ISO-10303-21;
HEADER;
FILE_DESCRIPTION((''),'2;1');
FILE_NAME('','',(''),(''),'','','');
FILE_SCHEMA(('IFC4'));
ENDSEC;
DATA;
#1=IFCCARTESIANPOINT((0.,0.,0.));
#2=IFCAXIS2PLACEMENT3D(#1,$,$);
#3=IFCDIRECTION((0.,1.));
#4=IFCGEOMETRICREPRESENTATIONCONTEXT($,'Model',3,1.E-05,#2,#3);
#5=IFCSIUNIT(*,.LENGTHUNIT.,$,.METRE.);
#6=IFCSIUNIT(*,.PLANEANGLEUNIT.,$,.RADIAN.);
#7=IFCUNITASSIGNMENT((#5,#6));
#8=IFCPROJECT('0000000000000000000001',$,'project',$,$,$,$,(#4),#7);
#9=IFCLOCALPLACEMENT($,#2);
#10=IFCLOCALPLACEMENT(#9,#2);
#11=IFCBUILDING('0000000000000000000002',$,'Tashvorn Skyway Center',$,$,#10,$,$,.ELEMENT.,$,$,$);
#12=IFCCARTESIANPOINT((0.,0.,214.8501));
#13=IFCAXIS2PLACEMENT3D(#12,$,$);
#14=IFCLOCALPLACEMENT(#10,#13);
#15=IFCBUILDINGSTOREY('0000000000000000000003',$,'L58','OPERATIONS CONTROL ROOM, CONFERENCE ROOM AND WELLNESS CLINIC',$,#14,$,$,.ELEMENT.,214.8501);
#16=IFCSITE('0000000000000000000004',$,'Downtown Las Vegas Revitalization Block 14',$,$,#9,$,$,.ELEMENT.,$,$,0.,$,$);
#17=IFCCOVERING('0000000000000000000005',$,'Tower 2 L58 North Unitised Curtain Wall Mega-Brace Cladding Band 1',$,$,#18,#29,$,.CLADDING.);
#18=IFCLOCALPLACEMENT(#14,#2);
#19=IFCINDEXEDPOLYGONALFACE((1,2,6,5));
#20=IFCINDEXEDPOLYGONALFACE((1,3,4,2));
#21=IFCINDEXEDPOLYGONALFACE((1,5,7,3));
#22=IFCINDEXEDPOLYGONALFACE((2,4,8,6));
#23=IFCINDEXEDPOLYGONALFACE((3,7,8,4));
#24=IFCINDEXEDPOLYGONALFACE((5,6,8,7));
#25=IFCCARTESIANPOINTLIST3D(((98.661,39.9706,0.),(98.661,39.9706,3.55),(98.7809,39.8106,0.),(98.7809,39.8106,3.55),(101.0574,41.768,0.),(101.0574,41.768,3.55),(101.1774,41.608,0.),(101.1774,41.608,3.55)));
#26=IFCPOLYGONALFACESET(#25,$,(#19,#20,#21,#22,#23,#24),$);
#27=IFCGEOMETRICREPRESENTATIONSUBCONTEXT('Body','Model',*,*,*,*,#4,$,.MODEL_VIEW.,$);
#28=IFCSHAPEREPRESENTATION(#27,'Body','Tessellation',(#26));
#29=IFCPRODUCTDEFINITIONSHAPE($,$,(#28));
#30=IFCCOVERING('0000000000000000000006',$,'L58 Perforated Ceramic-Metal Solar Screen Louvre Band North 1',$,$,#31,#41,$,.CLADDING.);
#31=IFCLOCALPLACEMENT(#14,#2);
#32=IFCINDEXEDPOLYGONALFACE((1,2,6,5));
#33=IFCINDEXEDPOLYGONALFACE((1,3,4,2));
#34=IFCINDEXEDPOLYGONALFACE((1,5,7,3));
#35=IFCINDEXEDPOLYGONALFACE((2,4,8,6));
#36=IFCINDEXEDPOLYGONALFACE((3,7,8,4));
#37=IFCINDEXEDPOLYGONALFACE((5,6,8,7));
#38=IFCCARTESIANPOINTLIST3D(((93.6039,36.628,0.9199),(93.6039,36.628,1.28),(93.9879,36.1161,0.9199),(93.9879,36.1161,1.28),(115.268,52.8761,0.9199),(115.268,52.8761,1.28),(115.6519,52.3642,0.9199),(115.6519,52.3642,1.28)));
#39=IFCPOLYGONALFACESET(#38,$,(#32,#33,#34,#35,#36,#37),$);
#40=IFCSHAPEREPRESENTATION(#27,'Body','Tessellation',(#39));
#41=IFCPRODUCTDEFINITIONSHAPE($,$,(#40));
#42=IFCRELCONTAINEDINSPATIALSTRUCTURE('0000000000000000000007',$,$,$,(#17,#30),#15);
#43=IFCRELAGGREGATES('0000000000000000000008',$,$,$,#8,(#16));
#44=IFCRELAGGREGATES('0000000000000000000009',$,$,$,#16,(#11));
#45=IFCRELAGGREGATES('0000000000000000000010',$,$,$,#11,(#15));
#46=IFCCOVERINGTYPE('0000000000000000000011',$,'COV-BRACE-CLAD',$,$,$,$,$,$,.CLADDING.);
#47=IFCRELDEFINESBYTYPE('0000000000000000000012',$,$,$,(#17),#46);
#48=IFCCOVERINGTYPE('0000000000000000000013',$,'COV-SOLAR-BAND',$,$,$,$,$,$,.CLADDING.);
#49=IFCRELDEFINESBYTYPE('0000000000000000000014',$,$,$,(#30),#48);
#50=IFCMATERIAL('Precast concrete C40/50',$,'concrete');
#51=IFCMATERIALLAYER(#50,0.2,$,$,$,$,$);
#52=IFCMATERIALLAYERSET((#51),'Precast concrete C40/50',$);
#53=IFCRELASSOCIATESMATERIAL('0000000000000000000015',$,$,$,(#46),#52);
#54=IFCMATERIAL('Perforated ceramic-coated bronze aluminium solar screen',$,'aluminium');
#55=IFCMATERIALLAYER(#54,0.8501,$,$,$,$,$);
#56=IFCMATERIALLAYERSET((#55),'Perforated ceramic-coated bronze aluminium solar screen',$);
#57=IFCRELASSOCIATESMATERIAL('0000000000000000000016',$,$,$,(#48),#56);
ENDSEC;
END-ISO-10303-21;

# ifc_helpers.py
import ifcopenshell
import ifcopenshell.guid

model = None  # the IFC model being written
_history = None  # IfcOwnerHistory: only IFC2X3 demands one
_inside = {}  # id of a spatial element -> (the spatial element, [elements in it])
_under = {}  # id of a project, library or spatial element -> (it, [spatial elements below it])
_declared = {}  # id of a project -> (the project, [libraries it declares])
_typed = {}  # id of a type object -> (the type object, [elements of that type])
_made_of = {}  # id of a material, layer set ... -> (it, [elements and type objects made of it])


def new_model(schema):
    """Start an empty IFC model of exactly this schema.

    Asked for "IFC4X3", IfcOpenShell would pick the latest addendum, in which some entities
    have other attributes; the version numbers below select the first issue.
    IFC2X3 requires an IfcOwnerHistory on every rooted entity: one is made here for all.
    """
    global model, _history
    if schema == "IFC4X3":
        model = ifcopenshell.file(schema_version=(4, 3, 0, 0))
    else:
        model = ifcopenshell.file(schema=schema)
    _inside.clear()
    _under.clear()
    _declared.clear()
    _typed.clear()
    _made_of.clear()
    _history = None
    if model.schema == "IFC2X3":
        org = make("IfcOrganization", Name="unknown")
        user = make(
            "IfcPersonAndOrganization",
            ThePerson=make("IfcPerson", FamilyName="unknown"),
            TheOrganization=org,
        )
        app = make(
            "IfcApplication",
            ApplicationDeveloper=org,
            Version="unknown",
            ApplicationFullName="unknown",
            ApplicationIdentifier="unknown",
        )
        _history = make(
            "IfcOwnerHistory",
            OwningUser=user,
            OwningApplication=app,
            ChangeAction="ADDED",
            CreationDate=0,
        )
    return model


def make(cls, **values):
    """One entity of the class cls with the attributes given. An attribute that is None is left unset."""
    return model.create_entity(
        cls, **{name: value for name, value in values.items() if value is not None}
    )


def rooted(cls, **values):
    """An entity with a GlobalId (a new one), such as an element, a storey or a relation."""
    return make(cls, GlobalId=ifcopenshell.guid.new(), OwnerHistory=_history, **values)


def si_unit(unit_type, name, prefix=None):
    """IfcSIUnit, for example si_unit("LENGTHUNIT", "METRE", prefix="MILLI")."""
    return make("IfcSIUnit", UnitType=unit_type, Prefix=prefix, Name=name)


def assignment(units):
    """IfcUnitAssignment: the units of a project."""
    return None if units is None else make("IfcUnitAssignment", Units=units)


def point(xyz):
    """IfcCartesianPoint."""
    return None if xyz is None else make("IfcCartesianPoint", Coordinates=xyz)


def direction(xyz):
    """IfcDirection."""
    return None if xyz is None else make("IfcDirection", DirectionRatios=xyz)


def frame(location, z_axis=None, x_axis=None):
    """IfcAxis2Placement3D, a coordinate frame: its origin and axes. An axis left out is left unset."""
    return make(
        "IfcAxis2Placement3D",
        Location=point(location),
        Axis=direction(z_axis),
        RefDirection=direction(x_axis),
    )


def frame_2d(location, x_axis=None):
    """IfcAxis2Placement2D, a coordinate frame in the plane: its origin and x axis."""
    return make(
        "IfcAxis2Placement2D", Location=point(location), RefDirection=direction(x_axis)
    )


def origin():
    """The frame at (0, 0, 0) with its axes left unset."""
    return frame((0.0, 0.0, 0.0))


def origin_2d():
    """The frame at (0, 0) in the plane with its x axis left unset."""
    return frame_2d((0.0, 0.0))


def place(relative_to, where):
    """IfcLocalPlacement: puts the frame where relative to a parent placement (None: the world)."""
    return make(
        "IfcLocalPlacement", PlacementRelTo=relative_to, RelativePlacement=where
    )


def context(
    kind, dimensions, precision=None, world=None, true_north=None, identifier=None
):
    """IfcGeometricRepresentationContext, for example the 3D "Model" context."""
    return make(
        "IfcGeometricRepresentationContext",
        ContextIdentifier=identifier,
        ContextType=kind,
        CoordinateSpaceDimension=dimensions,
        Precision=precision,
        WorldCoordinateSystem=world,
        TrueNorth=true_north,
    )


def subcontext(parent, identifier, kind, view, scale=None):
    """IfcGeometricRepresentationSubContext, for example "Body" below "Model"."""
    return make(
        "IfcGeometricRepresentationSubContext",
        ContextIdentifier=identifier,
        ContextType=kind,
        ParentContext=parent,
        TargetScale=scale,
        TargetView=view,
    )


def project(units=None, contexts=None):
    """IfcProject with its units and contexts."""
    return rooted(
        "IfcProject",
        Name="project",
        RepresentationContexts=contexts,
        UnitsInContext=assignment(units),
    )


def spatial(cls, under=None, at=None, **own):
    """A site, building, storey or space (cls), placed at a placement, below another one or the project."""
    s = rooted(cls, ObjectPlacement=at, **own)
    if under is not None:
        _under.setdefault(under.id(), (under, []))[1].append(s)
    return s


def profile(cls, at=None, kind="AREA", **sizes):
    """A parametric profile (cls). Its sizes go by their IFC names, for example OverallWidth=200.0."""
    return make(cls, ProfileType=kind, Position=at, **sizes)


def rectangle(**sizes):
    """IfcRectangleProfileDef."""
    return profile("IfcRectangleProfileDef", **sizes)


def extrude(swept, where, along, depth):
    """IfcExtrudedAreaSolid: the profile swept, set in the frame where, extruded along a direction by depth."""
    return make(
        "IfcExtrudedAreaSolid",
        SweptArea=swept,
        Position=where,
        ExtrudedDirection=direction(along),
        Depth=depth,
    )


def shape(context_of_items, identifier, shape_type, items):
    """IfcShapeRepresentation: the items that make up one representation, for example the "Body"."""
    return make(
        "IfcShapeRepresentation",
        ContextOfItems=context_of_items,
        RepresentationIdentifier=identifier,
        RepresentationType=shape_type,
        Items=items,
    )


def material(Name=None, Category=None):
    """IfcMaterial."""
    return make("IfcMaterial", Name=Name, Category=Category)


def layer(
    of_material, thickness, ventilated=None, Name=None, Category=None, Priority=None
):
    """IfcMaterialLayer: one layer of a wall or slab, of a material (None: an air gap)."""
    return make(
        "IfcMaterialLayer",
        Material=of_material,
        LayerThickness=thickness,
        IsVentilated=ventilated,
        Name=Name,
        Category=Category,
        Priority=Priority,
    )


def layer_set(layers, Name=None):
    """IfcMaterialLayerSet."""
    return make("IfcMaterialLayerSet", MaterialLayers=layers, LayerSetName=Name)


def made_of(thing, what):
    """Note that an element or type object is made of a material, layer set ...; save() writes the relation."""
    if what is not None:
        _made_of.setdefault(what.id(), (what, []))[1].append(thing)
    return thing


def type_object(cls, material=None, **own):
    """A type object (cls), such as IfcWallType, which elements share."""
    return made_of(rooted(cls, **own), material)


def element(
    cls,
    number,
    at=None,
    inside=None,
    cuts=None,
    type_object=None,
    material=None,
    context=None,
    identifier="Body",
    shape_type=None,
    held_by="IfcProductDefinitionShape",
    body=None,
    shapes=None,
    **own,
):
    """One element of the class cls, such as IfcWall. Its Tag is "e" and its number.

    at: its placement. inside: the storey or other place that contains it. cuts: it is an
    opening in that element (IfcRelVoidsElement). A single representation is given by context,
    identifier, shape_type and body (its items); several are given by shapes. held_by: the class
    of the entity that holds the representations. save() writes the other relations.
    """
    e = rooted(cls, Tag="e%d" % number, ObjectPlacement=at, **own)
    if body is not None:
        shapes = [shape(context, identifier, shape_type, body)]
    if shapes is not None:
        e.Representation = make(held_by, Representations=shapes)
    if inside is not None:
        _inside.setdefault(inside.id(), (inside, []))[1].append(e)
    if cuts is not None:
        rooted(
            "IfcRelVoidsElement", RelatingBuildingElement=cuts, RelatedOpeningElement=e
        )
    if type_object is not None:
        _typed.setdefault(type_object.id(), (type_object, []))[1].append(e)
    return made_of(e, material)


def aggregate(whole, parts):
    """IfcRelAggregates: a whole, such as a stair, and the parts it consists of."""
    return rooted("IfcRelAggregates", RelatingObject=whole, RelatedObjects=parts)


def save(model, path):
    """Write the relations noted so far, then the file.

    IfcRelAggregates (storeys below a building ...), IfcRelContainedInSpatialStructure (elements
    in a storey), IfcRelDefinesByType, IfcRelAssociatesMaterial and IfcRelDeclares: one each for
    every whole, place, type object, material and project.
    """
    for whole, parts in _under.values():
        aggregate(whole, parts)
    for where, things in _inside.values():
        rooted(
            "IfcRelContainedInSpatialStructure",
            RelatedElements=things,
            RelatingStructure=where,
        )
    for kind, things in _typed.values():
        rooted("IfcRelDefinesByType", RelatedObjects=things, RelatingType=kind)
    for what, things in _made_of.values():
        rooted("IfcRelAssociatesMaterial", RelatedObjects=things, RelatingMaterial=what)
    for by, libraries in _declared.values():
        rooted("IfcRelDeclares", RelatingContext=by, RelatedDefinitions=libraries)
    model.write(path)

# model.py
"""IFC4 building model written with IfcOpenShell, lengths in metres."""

from ifc_helpers import new_model, si_unit, direction, frame, origin, origin_2d, place, context, subcontext, project, spatial, rectangle, extrude, material, layer, layer_set, type_object, element, save


model = new_model("IFC4")

# Units and contexts
model_context = context("Model", 3, precision=1e-05, world=origin(), true_north=direction((0.0, 1.0)))
body_context = subcontext(model_context, "Body", "Model", "MODEL_VIEW")
ifc_project = project(units=[si_unit("LENGTHUNIT", "METRE"), si_unit("PLANEANGLEUNIT", "RADIAN")], contexts=[model_context])

# Site, building, storey
site_placement = place(None, origin())
site = spatial("IfcSite", under=ifc_project, at=site_placement, Name="Downtown Las Vegas Revitalization Block 14", CompositionType="ELEMENT", RefElevation=0.0)
building_placement = place(site_placement, origin())
building = spatial("IfcBuilding", under=site, at=building_placement, Name="Tashvorn Skyway Center", CompositionType="ELEMENT")
storey_placement = place(building_placement, frame((0.0, 0.0, 214.8501)))
storey = spatial("IfcBuildingStorey", under=building, at=storey_placement, Name="L58", Description="OPERATIONS CONTROL ROOM, CONFERENCE ROOM AND WELLNESS CLINIC", CompositionType="ELEMENT", Elevation=214.8501)

# Coverings
ifc_material_1 = material(Name="Precast concrete C40/50", Category="concrete")
ifc_layer_1 = layer(ifc_material_1, 0.2)
ifc_layer_set_1 = layer_set([ifc_layer_1], Name="Precast concrete C40/50")
covering_type_1 = type_object("IfcCoveringType", Name="COV-BRACE-CLAD", PredefinedType="CLADDING", material=ifc_layer_set_1)
covering_1_placement = place(storey_placement, frame((99.9192, 40.7893, 0.0), z_axis=(0.0, 0.0, 1.0), x_axis=(0.8, 0.6, 0.0)))
element("IfcCovering", 1, at=covering_1_placement, inside=storey, type_object=covering_type_1, Name="Tower 2 L58 North Unitised Curtain Wall Mega-Brace Cladding Band 1", PredefinedType="CLADDING", context=body_context, shape_type="SweptSolid", body=[
    extrude(rectangle(XDim=2.9956, YDim=0.2, at=origin_2d()), origin(), (0.0, 0.0, 1.0), 3.55),
])
ifc_material_2 = material(Name="Perforated ceramic-coated bronze aluminium solar screen", Category="aluminium")
ifc_layer_2 = layer(ifc_material_2, 0.8501)
ifc_layer_set_2 = layer_set([ifc_layer_2], Name="Perforated ceramic-coated bronze aluminium solar screen")
covering_type_2 = type_object("IfcCoveringType", Name="COV-SOLAR-BAND", PredefinedType="CLADDING", material=ifc_layer_set_2)
covering_2_placement = place(storey_placement, frame((104.6279, 44.4961, 0.9199), z_axis=(0.0, 0.0, 1.0), x_axis=(0.8, 0.6, 0.0)))
element("IfcCovering", 2, at=covering_2_placement, inside=storey, type_object=covering_type_2, Name="L58 Perforated Ceramic-Metal Solar Screen Louvre Band North 1", PredefinedType="CLADDING", context=body_context, shape_type="SweptSolid", body=[
    extrude(rectangle(XDim=27.0801, YDim=0.6399, at=origin_2d()), origin(), (0.0, 0.0, 1.0), 0.3601),
])

save(model, "model.ifc")
